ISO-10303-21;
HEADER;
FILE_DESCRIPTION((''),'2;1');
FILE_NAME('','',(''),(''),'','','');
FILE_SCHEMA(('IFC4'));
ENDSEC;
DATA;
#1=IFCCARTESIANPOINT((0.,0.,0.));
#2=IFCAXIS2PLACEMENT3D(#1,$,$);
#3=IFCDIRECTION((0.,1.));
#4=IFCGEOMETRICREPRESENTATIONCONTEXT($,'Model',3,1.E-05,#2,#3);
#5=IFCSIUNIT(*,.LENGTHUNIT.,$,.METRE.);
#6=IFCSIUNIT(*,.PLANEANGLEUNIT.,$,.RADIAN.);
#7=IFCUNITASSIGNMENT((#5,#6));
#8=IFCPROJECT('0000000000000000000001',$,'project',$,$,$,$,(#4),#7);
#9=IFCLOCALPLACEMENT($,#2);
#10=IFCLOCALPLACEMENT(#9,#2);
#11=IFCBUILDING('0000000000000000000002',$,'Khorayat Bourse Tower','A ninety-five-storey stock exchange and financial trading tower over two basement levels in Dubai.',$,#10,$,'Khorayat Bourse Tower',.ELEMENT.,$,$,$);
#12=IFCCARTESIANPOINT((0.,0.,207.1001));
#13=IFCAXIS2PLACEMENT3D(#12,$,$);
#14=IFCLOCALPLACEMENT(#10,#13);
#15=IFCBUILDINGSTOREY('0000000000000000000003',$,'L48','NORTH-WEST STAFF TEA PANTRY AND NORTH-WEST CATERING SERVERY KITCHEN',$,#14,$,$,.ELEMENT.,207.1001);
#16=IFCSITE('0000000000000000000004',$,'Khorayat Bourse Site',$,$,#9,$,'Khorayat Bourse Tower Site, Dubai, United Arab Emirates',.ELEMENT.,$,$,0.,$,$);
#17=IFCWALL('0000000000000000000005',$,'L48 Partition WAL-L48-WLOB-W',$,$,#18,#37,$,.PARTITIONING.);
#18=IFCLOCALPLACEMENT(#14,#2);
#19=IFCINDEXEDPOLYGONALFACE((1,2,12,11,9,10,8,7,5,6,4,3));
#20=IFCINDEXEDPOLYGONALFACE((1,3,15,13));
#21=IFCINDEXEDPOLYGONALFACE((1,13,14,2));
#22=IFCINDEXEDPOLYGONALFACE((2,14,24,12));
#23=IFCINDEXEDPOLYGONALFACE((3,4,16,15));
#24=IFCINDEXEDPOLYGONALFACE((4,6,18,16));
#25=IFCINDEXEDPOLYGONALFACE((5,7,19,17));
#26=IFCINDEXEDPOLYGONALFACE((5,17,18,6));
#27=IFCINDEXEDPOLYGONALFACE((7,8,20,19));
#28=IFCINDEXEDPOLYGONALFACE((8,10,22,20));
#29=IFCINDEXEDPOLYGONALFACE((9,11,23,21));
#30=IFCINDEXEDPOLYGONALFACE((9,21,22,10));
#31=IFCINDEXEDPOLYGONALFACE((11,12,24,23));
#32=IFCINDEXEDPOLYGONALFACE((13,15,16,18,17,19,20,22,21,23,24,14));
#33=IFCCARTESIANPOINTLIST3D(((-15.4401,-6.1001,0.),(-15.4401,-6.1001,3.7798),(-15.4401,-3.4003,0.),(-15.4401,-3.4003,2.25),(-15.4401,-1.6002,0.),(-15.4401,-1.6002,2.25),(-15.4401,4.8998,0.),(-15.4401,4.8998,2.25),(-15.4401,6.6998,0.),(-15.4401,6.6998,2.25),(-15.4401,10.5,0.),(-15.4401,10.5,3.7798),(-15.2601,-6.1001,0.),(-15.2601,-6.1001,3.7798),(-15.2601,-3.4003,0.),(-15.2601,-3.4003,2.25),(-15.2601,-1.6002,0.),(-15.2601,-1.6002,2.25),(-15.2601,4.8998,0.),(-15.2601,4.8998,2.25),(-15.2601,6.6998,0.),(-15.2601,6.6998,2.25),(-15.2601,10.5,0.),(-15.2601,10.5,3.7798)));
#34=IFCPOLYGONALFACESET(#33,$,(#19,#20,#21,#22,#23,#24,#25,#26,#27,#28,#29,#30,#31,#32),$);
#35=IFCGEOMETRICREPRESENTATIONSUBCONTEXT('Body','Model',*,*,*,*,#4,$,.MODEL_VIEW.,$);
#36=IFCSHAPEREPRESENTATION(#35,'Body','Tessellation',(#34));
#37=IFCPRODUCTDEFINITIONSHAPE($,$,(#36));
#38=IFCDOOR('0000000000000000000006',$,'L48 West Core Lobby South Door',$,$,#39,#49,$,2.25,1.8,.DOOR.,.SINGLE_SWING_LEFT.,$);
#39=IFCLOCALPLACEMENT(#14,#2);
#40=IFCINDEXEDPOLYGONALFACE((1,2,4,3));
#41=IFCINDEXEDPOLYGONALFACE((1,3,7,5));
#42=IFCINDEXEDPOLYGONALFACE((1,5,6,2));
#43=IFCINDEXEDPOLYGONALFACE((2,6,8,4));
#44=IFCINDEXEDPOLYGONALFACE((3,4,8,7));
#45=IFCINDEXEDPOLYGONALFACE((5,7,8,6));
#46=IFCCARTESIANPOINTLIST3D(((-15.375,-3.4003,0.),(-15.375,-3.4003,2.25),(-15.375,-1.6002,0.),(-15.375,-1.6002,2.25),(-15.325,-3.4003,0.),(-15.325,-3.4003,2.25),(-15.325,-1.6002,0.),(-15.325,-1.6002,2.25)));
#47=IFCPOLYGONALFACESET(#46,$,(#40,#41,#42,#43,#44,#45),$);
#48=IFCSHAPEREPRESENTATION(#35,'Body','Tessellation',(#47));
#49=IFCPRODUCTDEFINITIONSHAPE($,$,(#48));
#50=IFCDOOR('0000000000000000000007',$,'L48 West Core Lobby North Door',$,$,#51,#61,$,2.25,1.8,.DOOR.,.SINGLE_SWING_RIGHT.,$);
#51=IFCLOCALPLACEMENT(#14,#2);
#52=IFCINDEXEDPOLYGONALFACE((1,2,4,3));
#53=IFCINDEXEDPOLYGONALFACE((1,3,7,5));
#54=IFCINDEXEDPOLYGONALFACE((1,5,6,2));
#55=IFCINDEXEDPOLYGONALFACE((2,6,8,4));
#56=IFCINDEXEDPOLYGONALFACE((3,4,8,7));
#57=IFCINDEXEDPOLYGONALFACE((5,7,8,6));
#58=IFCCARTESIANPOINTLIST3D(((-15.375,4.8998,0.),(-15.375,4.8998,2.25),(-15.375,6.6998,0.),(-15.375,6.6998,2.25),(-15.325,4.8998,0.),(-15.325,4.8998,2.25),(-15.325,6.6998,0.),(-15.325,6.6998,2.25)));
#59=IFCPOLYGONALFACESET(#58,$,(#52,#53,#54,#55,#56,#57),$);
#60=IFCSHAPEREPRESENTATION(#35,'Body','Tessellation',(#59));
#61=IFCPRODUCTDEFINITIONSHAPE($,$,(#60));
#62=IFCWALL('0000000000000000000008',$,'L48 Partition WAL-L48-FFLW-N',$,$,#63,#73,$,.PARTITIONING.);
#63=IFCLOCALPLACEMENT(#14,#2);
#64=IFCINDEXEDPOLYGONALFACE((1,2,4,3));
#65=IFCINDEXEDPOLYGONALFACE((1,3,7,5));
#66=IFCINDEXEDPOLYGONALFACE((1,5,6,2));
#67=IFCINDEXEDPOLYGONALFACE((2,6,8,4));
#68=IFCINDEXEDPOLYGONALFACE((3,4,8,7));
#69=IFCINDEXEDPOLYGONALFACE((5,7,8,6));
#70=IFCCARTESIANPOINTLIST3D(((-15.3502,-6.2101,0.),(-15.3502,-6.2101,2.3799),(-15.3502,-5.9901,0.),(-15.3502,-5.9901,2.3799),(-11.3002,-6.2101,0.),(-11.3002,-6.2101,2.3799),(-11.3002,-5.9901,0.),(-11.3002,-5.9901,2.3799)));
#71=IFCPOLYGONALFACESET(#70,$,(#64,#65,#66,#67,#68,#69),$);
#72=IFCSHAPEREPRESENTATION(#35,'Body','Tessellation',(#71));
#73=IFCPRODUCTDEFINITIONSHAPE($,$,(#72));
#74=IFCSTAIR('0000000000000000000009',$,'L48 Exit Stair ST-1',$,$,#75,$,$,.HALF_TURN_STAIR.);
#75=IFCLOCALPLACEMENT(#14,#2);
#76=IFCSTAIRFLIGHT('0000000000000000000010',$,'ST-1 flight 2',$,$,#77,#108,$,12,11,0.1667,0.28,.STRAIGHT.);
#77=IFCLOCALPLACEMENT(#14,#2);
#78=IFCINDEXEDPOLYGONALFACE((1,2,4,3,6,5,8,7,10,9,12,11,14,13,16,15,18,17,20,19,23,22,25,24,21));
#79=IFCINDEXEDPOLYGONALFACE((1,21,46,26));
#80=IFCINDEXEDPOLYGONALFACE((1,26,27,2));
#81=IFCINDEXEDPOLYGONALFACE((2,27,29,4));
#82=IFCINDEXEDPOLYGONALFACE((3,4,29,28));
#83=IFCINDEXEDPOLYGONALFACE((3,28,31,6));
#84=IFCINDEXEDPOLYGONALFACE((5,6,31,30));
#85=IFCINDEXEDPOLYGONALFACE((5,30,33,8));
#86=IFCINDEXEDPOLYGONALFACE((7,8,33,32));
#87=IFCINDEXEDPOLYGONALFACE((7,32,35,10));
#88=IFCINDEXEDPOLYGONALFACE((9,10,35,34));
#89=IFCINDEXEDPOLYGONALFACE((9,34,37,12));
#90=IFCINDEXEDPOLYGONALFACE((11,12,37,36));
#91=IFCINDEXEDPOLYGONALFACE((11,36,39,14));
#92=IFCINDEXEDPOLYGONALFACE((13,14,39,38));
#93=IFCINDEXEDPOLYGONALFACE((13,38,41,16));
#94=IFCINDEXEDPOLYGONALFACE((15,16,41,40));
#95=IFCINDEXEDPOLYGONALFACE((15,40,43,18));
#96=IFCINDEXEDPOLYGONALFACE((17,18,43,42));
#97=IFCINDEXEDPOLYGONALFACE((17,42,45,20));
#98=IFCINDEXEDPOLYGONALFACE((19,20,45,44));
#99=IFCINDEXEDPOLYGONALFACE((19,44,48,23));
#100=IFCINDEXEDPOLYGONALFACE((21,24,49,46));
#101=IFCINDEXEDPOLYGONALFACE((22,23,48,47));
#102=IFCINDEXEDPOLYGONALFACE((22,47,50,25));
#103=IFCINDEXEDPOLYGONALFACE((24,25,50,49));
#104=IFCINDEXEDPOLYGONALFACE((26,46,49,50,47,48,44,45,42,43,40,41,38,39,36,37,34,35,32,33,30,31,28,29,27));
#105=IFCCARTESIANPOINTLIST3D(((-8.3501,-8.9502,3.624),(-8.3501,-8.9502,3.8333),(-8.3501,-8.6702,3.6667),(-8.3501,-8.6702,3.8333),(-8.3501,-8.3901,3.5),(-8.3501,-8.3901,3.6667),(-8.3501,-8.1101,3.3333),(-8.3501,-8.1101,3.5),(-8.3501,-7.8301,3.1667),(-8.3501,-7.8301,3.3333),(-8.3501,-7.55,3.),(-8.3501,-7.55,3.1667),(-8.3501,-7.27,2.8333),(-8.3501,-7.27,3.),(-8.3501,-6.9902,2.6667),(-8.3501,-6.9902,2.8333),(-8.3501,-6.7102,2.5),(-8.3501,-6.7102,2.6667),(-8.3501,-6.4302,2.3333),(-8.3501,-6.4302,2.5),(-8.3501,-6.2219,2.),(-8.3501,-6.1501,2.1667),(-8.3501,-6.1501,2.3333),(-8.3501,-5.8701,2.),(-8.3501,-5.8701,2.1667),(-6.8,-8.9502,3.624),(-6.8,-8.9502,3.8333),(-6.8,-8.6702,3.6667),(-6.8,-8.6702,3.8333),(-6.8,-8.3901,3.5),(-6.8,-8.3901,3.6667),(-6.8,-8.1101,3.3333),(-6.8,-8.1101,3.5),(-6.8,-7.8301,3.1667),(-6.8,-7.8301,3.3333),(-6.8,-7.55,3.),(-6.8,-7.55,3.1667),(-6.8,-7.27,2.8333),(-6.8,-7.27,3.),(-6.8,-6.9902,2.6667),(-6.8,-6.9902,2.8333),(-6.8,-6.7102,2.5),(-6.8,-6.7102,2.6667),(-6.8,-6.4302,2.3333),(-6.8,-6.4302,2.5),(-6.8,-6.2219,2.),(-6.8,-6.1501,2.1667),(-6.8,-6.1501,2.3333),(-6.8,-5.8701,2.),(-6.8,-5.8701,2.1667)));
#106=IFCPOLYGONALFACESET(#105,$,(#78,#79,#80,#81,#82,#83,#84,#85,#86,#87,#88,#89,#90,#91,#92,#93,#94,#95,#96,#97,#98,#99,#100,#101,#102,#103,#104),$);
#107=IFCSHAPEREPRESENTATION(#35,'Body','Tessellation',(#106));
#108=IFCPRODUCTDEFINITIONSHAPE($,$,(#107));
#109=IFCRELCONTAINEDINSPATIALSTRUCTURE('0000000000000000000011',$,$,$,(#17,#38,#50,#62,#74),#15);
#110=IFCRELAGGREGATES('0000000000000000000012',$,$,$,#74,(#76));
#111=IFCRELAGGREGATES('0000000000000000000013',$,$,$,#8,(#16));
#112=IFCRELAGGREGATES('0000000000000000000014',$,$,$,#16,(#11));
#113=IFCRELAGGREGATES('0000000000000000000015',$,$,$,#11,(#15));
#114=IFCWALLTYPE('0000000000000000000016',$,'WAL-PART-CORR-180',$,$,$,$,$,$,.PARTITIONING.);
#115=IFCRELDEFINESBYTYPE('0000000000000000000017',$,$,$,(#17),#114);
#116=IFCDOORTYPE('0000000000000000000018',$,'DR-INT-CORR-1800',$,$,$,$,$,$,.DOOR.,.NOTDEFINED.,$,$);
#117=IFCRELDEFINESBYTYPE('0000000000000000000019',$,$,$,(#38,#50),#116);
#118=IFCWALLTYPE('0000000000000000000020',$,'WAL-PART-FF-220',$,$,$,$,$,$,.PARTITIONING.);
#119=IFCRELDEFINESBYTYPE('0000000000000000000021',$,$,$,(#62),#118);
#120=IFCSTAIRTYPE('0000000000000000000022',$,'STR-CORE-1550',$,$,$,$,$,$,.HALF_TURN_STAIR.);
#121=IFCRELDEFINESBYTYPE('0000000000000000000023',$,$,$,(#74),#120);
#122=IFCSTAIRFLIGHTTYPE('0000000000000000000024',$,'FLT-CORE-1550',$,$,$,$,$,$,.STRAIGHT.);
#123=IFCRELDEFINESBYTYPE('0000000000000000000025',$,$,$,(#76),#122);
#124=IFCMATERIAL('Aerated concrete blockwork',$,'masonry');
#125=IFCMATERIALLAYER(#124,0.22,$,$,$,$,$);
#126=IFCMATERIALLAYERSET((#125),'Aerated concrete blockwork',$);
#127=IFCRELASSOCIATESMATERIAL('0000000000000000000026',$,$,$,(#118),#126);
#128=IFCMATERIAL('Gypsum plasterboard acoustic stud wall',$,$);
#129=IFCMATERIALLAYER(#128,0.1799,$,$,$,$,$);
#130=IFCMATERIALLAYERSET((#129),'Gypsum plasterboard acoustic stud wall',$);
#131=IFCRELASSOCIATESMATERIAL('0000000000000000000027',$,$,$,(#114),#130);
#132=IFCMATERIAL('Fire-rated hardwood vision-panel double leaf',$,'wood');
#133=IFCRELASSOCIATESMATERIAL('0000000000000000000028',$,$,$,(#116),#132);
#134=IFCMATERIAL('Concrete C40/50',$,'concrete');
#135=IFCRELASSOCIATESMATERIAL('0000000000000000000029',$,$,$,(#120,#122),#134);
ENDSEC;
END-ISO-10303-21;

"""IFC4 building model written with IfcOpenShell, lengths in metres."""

from ifc_helpers import new_model, si_unit, direction, frame, frame_2d, origin, place, context, subcontext, project, spatial, polyline, rectangle, outline, extrude, source, transform, mapped, material, layer, layer_set, type_object, element, fill, aggregate, save


model = new_model("IFC4")

# Units and contexts
model_context = context("Model", 3, precision=1e-05, world=origin(), true_north=direction((0.0, 1.0)))
body_context = subcontext(model_context, "Body", "Model", "MODEL_VIEW")
ifc_project = project(units=[si_unit("LENGTHUNIT", "METRE"), si_unit("PLANEANGLEUNIT", "RADIAN")], contexts=[model_context])

# Site, building, storey
site_placement = place(None, origin())
site = spatial("IfcSite", under=ifc_project, at=site_placement, Name="Khorayat Bourse Site", LongName="Khorayat Bourse Tower Site, Dubai, United Arab Emirates", CompositionType="ELEMENT", RefElevation=0.0)
building_placement = place(site_placement, origin())
building = spatial("IfcBuilding", under=site, at=building_placement, Name="Khorayat Bourse Tower", Description="A ninety-five-storey stock exchange and financial trading tower over two basement levels in Dubai.", LongName="Khorayat Bourse Tower", CompositionType="ELEMENT")
storey_placement = place(building_placement, frame((0.0, 0.0, 207.1001)))
storey = spatial("IfcBuildingStorey", under=building, at=storey_placement, Name="L48", Description="NORTH-WEST STAFF TEA PANTRY AND NORTH-WEST CATERING SERVERY KITCHEN", CompositionType="ELEMENT", Elevation=207.1001)

# Shared definitions
ifc_material_1 = material(Name="Aerated concrete blockwork", Category="masonry")
ifc_layer_1 = layer(ifc_material_1, 0.22)
ifc_layer_set_1 = layer_set([ifc_layer_1], Name="Aerated concrete blockwork")
wall_type_1 = type_object("IfcWallType", Name="WAL-PART-FF-220", PredefinedType="PARTITIONING", material=ifc_layer_set_1)

# Wall, openings, doors
ifc_material_2 = material(Name="Gypsum plasterboard acoustic stud wall")
ifc_layer_2 = layer(ifc_material_2, 0.1799)
ifc_layer_set_2 = layer_set([ifc_layer_2], Name="Gypsum plasterboard acoustic stud wall")
wall_type_2 = type_object("IfcWallType", Name="WAL-PART-CORR-180", PredefinedType="PARTITIONING", material=ifc_layer_set_2)
shared_shape_1 = source(origin(), body_context, "Body", "SweptSolid", [
    extrude(rectangle(XDim=16.6001, YDim=0.1799, at=frame_2d((8.3, 0.0))), origin(), (0.0, 0.0, 1.0), 3.7798),
])
wall_1_placement = place(storey_placement, frame((-15.3501, -6.1001, 0.0), z_axis=(0.0, 0.0, 1.0), x_axis=(0.0, 1.0, 0.0)))
wall_1 = element("IfcWall", 1, at=wall_1_placement, inside=storey, type_object=wall_type_2, Name="L48 Partition WAL-L48-WLOB-W", PredefinedType="PARTITIONING", context=body_context, shape_type="MappedRepresentation", body=[
    mapped(shared_shape_1, transform((0.0, 0.0, 0.0), scale=1.0)),
])
shared_shape_2 = source(origin(), body_context, "Body", "SweptSolid", [
    extrude(rectangle(XDim=1.8, YDim=2.25, at=frame_2d((0.8999, 1.125))), frame((0.0, 0.0999, 0.0), z_axis=(0.0, -1.0, 0.0), x_axis=(1.0, 0.0, 0.0)), (0.0, 0.0, 1.0), 0.2),
])
opening_1_placement = place(wall_1_placement, frame((2.7, 0.0, 0.0)))
opening_1 = element("IfcOpeningElement", 2, at=opening_1_placement, cuts=wall_1, PredefinedType="OPENING", context=body_context, shape_type="MappedRepresentation", body=[
    mapped(shared_shape_2, transform((0.0, 0.0, 0.0), scale=1.0)),
])
opening_2_placement = place(wall_1_placement, frame((11.0, 0.0, 0.0)))
opening_2 = element("IfcOpeningElement", 3, at=opening_2_placement, cuts=wall_1, PredefinedType="OPENING", context=body_context, shape_type="MappedRepresentation", body=[
    mapped(shared_shape_2, transform((0.0, 0.0, 0.0), scale=1.0)),
])
ifc_material_3 = material(Name="Fire-rated hardwood vision-panel double leaf", Category="wood")
door_type_1 = type_object("IfcDoorType", Name="DR-INT-CORR-1800", OperationType="NOTDEFINED", PredefinedType="DOOR", material=ifc_material_3)
shared_shape_3 = source(origin(), body_context, "Body", "SweptSolid", [
    extrude(rectangle(XDim=1.8, YDim=2.25, at=frame_2d((0.8999, 1.125))), frame((0.0, 0.0249, 0.0), z_axis=(0.0, -1.0, 0.0), x_axis=(1.0, 0.0, 0.0)), (0.0, 0.0, 1.0), 0.05),
])
door_1_placement = place(opening_1_placement, origin())
door_1 = element("IfcDoor", 4, at=door_1_placement, inside=storey, type_object=door_type_1, Name="L48 West Core Lobby South Door", OperationType="SINGLE_SWING_LEFT", OverallHeight=2.25, OverallWidth=1.8, PredefinedType="DOOR", context=body_context, shape_type="MappedRepresentation", body=[
    mapped(shared_shape_3, transform((0.0, 0.0, 0.0), scale=1.0)),
])
fill(opening_1, door_1)
door_2_placement = place(opening_2_placement, origin())
door_2 = element("IfcDoor", 5, at=door_2_placement, inside=storey, type_object=door_type_1, Name="L48 West Core Lobby North Door", OperationType="SINGLE_SWING_RIGHT", OverallHeight=2.25, OverallWidth=1.8, PredefinedType="DOOR", context=body_context, shape_type="MappedRepresentation", body=[
    mapped(shared_shape_3, transform((0.0, 0.0, 0.0), scale=1.0)),
])
fill(opening_2, door_2)

# Wall
shared_shape_4 = source(origin(), body_context, "Body", "SweptSolid", [
    extrude(rectangle(XDim=4.05, YDim=0.22, at=frame_2d((2.0249, 0.0))), origin(), (0.0, 0.0, 1.0), 2.3799),
])
wall_2_placement = place(storey_placement, frame((-15.3501, -6.1001, 0.0), z_axis=(0.0, 0.0, 1.0), x_axis=(1.0, 0.0, 0.0)))
element("IfcWall", 6, at=wall_2_placement, inside=storey, type_object=wall_type_1, Name="L48 Partition WAL-L48-FFLW-N", PredefinedType="PARTITIONING", context=body_context, shape_type="MappedRepresentation", body=[
    mapped(shared_shape_4, transform((0.0, 0.0, 0.0), scale=1.0)),
])

# Stair, stair flight
ifc_material_4 = material(Name="Concrete C40/50", Category="concrete")
stair_type = type_object("IfcStairType", Name="STR-CORE-1550", PredefinedType="HALF_TURN_STAIR", material=ifc_material_4)
stair_placement = place(storey_placement, origin())
stair = element("IfcStair", 7, at=stair_placement, inside=storey, type_object=stair_type, Name="L48 Exit Stair ST-1", PredefinedType="HALF_TURN_STAIR")
stair_flight_type = type_object("IfcStairFlightType", Name="FLT-CORE-1550", PredefinedType="STRAIGHT", material=ifc_material_4)
shared_shape_5 = source(origin(), body_context, "Body", "SweptSolid", [
    extrude(outline(polyline([(0.0, 0.0), (0.0, 0.1667), (0.28, 0.1667), (0.28, 0.3333), (0.5601, 0.3333), (0.5601, 0.5), (0.8401, 0.5), (0.8401, 0.6667), (1.1201, 0.6667), (1.1201, 0.8333), (1.3999, 0.8333), (1.3999, 1.0), (1.6799, 1.0), (1.6799, 1.1667), (1.96, 1.1667), (1.96, 1.3333), (2.24, 1.3333), (2.24, 1.5), (2.52, 1.5), (2.52, 1.6667), (2.8, 1.6667), (2.8, 1.8333), (3.0801, 1.8333), (3.0801, 2.0), (3.0801, 1.624), (0.3518, 0.0), (0.0, 0.0)])), frame((0.0, 0.7749, 0.0), z_axis=(0.0, -1.0, 0.0), x_axis=(1.0, 0.0, 0.0)), (0.0, 0.0, 1.0), 1.55),
])
stair_flight_placement = place(storey_placement, frame((-7.575, -5.8701, 2.0), z_axis=(0.0, 0.0, 1.0), x_axis=(0.0, -1.0, 0.0)))
stair_flight = element("IfcStairFlight", 8, at=stair_flight_placement, type_object=stair_flight_type, Name="ST-1 flight 2", NumberOfRisers=12, NumberOfTreads=11, PredefinedType="STRAIGHT", RiserHeight=0.1667, TreadLength=0.28, context=body_context, shape_type="MappedRepresentation", body=[
    mapped(shared_shape_5, transform((0.0, 0.0, 0.0), scale=1.0)),
])
aggregate(stair, [stair_flight])

save(model, "model.ifc")
